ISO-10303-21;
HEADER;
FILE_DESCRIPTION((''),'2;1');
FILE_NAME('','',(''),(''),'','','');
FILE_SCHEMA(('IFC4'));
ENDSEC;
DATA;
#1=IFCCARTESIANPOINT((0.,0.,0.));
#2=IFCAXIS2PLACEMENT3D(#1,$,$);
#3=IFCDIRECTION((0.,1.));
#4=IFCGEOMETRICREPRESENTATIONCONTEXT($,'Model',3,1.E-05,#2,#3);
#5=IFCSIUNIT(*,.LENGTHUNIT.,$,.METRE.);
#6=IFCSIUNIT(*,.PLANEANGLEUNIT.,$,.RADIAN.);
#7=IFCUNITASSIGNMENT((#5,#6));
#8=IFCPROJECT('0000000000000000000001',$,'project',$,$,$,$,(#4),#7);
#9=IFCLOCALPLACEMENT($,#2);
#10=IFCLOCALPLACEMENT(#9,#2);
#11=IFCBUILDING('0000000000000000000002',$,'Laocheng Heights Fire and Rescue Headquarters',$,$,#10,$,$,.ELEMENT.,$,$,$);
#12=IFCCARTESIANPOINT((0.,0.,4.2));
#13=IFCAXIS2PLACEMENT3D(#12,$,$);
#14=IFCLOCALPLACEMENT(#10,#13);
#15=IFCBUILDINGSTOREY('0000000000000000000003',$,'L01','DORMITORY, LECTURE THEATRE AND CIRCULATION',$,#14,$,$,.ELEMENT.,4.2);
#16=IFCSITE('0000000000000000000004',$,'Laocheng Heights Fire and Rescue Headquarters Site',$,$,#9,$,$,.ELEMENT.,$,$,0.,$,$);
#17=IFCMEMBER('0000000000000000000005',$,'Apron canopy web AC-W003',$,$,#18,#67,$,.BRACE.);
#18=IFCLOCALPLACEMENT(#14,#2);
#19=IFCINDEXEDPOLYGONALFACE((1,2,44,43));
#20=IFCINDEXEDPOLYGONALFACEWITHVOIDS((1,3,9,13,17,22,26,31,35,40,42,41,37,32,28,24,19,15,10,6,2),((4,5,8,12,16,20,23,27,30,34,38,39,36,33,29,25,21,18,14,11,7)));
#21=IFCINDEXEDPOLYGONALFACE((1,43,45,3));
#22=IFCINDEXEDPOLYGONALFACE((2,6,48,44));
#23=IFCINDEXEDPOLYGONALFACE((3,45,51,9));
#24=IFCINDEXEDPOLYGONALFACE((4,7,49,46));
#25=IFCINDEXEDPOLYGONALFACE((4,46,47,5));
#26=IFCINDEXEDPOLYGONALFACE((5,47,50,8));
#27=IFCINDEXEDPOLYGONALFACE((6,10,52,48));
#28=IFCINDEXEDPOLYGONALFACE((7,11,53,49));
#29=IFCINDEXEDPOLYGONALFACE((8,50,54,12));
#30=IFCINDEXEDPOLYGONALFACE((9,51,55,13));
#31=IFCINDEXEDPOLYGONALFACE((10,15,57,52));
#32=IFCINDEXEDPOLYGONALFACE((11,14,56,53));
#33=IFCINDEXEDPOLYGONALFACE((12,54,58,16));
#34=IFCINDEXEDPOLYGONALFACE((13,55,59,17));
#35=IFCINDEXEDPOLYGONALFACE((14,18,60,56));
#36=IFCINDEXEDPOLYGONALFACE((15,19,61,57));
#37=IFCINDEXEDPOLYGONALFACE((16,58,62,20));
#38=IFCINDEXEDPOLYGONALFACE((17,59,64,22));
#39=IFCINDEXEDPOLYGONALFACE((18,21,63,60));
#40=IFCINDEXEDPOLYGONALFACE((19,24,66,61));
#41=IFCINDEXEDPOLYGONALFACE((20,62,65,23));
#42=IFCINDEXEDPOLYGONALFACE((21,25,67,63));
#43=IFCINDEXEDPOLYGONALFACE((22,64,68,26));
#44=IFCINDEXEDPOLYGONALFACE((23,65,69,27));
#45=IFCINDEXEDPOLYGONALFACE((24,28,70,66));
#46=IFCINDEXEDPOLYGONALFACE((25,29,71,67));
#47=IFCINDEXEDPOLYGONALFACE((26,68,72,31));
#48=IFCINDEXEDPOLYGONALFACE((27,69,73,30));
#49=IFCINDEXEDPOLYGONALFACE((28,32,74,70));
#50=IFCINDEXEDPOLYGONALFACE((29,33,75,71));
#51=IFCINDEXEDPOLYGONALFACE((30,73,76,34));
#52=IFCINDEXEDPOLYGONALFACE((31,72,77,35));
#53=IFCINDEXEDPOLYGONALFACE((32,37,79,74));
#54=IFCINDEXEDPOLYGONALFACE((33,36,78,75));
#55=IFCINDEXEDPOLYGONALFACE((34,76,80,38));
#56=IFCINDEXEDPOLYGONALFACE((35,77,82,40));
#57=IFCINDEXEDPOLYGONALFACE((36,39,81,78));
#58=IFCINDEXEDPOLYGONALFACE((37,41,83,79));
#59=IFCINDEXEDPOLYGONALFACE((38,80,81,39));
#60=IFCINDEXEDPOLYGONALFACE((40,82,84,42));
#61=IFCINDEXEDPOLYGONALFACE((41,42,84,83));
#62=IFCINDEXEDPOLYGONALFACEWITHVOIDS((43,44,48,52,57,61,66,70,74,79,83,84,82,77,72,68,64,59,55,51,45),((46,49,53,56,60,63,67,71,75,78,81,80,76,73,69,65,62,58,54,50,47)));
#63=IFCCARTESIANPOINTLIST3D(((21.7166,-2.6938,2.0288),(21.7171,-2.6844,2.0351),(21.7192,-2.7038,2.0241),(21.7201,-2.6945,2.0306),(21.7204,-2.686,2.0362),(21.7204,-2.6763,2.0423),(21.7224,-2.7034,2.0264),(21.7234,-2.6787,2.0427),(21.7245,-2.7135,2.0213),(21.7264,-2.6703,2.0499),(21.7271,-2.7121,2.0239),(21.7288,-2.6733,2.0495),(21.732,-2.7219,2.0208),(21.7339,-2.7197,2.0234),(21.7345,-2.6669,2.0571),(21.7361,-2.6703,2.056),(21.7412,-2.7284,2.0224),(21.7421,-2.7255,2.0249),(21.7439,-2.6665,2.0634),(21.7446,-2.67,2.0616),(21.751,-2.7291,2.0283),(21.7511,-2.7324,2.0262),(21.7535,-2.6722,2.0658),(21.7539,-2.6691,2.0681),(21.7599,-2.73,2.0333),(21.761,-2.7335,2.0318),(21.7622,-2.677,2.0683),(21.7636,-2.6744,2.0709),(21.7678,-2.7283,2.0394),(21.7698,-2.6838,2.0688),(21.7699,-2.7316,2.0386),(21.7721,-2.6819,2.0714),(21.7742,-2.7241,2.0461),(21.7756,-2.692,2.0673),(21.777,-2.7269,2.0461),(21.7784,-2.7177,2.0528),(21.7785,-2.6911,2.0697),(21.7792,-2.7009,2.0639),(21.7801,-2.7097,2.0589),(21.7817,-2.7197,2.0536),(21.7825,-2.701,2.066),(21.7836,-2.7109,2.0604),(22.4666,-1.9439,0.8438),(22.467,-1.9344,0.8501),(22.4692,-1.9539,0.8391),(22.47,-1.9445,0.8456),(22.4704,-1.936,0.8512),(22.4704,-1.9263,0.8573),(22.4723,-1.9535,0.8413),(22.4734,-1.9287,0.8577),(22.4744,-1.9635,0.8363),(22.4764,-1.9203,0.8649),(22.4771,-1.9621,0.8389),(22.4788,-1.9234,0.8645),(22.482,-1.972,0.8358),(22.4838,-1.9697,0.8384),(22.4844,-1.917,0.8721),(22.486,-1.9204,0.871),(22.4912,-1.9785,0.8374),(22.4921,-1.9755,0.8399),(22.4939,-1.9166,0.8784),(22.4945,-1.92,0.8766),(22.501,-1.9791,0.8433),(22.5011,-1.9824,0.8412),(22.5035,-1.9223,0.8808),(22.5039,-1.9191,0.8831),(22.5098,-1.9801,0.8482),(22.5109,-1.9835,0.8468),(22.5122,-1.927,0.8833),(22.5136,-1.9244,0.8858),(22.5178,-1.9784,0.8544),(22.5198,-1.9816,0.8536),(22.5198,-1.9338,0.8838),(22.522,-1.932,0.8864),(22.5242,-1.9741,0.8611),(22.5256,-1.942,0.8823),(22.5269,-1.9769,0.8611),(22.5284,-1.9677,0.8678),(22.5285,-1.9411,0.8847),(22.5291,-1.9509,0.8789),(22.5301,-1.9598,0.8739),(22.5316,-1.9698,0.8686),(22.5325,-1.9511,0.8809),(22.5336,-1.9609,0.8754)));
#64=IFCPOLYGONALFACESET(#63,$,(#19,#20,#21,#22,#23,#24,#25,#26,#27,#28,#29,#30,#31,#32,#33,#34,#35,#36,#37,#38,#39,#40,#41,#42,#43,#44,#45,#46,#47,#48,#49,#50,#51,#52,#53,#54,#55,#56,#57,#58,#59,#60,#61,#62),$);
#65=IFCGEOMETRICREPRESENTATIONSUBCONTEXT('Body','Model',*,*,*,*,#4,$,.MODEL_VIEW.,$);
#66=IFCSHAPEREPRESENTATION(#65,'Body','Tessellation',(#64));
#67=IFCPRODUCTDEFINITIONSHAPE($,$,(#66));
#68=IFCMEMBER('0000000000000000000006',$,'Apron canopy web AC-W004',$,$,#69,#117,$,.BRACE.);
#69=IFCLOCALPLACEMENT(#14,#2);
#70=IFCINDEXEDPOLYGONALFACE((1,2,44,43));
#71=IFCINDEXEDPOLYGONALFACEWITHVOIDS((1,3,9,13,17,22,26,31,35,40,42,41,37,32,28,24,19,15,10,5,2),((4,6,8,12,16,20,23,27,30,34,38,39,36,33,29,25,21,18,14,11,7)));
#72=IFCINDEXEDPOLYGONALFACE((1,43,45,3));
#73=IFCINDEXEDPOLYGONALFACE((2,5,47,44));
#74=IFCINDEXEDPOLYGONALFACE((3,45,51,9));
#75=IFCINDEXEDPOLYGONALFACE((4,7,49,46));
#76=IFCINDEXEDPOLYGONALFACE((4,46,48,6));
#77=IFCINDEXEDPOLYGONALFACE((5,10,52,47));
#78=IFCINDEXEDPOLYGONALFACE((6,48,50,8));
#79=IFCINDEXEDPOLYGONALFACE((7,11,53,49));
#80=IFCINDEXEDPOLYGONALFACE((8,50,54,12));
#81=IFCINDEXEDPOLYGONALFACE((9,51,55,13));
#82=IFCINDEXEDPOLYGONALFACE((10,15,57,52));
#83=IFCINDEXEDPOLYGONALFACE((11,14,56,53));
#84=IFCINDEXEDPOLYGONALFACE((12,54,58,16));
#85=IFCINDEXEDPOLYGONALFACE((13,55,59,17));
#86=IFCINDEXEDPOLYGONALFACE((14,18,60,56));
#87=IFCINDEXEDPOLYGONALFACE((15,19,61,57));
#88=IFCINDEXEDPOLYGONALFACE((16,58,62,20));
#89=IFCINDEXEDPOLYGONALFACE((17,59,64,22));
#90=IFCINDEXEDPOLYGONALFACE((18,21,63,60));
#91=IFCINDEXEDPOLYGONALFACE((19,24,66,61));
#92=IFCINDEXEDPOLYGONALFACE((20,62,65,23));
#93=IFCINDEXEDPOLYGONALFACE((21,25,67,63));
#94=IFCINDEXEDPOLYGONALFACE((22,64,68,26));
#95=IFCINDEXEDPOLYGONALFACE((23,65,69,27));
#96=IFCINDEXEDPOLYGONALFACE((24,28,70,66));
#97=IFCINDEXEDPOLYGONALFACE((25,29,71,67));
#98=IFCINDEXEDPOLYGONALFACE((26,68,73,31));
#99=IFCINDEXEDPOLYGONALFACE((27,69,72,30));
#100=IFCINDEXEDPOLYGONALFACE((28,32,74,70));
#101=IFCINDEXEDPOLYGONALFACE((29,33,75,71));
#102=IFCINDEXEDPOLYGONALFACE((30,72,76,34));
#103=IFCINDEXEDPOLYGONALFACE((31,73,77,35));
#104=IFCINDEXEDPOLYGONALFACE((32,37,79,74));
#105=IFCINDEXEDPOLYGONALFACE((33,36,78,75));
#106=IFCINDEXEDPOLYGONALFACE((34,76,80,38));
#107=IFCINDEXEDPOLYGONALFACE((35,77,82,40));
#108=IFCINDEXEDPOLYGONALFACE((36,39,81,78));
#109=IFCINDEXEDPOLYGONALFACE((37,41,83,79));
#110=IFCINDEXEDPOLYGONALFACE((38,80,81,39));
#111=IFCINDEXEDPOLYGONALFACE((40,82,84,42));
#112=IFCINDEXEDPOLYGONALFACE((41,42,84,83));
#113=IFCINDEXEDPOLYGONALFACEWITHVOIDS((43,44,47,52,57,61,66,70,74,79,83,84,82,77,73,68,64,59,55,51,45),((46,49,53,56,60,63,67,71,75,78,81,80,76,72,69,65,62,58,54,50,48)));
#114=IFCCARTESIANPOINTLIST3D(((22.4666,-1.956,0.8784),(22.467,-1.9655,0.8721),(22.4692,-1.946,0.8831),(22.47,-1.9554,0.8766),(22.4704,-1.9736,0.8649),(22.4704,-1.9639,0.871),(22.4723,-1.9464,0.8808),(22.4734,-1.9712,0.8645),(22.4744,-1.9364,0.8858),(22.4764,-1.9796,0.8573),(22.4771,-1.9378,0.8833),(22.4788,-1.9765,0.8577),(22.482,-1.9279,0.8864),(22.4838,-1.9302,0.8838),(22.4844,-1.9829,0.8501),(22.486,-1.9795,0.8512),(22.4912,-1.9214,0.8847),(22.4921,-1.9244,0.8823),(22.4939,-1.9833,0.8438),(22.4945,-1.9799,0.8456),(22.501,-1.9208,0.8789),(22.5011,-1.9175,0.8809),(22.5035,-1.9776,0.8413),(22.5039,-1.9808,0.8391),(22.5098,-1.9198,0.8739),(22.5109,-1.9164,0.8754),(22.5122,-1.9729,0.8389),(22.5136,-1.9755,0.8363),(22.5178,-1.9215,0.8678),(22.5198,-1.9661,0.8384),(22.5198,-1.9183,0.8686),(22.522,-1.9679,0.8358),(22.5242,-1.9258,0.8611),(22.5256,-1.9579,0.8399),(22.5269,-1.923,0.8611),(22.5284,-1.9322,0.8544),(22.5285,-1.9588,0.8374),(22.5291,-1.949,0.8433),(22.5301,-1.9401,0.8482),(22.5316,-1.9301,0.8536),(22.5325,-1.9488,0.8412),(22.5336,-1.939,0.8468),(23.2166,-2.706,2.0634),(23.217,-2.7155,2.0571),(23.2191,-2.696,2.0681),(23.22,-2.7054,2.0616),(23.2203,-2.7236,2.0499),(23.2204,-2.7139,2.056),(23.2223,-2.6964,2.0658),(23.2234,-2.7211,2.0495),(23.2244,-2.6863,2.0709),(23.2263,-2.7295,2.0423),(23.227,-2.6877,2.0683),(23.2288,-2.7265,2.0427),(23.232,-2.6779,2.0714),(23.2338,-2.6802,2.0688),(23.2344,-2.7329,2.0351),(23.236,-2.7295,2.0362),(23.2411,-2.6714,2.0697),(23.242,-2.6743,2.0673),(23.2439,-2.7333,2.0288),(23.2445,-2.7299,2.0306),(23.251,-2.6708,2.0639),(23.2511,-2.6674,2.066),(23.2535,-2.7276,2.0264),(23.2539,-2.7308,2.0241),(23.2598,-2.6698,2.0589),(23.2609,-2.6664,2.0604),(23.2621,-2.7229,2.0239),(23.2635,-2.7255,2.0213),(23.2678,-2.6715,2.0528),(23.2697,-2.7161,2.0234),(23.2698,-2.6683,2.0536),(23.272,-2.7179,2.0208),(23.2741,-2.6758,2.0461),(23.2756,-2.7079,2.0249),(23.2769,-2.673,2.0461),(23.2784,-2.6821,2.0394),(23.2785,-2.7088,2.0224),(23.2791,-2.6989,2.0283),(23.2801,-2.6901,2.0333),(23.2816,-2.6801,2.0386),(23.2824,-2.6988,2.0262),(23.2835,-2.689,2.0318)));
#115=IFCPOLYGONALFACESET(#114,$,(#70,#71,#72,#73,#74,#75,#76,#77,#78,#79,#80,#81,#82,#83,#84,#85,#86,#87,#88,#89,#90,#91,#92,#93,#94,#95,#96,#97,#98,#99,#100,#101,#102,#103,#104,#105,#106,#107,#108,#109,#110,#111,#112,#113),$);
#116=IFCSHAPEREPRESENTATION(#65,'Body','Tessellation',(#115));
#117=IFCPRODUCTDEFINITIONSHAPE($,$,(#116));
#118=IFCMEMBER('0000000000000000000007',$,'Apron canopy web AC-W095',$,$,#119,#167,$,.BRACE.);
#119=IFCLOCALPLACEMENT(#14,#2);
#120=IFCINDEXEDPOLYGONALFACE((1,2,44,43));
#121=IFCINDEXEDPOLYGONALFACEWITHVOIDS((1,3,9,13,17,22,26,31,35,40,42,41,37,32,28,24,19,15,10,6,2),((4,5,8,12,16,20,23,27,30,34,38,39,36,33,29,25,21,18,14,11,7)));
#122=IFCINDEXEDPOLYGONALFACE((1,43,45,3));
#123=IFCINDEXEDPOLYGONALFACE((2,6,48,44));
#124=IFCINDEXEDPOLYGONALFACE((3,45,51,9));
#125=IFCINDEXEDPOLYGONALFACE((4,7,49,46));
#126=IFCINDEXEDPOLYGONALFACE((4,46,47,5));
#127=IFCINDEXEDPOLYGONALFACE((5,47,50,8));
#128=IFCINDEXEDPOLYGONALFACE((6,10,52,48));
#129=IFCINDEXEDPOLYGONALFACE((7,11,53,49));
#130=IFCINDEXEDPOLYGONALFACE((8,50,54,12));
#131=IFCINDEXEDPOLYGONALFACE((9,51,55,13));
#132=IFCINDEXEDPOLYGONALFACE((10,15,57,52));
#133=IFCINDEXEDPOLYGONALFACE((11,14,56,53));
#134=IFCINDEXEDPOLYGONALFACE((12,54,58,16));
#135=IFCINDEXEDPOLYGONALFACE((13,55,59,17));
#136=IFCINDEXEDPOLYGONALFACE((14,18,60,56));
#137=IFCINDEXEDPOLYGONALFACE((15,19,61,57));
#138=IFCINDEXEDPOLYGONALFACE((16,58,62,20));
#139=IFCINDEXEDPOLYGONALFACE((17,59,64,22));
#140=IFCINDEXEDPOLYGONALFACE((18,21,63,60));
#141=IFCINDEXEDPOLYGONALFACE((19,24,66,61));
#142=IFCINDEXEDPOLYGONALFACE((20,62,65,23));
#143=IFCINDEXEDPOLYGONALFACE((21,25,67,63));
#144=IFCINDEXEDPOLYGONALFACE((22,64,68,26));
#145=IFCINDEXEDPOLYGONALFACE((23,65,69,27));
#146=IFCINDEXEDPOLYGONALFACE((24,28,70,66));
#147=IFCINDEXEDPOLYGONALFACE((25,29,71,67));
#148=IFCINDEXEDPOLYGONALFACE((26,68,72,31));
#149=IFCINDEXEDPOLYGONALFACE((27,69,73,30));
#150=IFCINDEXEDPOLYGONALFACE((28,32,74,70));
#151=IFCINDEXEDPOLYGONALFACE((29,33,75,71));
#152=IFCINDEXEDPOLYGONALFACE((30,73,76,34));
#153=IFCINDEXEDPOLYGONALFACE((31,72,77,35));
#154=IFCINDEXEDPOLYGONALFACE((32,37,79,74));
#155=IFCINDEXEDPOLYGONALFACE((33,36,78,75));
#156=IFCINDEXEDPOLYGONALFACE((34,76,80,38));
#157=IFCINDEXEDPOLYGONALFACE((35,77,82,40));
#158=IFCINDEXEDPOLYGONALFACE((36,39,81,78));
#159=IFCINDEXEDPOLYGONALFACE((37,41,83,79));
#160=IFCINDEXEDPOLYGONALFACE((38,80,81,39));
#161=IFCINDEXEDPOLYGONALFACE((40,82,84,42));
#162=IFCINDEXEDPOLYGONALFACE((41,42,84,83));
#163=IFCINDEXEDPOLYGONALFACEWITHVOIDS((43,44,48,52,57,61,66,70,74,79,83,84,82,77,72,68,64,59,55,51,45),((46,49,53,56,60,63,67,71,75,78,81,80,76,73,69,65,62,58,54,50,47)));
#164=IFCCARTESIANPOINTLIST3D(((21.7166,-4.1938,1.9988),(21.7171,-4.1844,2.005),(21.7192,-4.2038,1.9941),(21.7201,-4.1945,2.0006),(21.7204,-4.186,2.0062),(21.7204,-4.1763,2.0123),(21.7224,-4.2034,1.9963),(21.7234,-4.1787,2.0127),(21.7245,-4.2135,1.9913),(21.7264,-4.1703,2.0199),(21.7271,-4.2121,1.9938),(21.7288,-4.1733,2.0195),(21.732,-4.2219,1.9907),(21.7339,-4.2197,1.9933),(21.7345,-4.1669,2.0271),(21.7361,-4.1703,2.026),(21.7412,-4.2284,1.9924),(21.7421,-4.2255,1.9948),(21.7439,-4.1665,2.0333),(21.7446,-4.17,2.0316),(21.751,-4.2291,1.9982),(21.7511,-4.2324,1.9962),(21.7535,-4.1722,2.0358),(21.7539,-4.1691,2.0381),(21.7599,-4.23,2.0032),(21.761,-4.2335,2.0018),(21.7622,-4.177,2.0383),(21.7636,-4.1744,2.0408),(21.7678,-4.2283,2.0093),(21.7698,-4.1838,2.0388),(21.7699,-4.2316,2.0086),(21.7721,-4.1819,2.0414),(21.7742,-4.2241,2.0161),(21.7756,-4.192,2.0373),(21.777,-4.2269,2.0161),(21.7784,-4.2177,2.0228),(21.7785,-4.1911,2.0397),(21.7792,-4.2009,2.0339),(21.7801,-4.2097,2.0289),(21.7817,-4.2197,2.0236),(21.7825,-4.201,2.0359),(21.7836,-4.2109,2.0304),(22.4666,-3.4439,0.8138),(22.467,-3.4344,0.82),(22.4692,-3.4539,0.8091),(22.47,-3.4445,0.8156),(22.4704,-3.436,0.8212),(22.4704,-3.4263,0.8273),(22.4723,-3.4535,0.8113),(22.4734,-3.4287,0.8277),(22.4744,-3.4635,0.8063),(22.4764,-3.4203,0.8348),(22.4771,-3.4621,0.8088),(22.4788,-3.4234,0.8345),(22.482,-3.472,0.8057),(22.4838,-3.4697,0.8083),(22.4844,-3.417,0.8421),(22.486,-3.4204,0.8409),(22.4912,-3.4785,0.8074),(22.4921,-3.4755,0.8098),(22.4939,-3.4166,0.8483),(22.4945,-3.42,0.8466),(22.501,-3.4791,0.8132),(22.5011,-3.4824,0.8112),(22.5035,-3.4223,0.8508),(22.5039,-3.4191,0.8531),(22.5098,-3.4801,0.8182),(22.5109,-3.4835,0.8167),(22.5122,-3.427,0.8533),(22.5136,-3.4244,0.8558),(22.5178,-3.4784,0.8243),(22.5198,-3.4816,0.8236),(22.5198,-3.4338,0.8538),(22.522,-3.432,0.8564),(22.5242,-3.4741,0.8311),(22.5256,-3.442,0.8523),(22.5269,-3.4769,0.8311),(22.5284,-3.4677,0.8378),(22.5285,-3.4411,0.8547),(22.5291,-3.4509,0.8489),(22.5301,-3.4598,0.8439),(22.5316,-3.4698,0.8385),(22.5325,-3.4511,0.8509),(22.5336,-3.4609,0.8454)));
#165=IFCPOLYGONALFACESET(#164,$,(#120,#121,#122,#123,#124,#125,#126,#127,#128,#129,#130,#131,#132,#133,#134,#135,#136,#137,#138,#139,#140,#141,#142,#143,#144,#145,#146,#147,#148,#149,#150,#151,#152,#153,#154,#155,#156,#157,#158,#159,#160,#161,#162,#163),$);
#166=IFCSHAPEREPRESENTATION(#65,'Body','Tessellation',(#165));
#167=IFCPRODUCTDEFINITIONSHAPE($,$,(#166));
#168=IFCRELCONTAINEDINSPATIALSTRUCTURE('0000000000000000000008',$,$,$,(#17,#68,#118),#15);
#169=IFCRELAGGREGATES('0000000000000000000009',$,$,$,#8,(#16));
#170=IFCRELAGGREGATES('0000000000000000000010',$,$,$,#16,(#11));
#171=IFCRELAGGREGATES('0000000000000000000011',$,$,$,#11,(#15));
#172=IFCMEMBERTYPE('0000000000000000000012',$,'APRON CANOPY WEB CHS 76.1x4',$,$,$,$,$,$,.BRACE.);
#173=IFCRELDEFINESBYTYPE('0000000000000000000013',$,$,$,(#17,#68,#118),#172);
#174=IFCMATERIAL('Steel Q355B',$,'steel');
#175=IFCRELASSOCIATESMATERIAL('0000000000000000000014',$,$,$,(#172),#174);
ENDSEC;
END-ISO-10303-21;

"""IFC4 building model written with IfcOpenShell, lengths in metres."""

from ifc_helpers import new_model, si_unit, direction, frame, origin, origin_2d, place, context, subcontext, project, spatial, hollow_circle, extrude, material, material_profile, profile_set, type_object, element, save


model = new_model("IFC4")

# Units and contexts
model_context = context("Model", 3, precision=1e-05, world=origin(), true_north=direction((0.0, 1.0)))
body_context = subcontext(model_context, "Body", "Model", "MODEL_VIEW")
ifc_project = project(units=[si_unit("LENGTHUNIT", "METRE"), si_unit("PLANEANGLEUNIT", "RADIAN")], contexts=[model_context])

# Site, building, storey
site_placement = place(None, origin())
site = spatial("IfcSite", under=ifc_project, at=site_placement, Name="Laocheng Heights Fire and Rescue Headquarters Site", CompositionType="ELEMENT", RefElevation=0.0)
building_placement = place(site_placement, origin())
building = spatial("IfcBuilding", under=site, at=building_placement, Name="Laocheng Heights Fire and Rescue Headquarters", CompositionType="ELEMENT")
storey_placement = place(building_placement, frame((0.0, 0.0, 4.2)))
storey = spatial("IfcBuildingStorey", under=building, at=storey_placement, Name="L01", Description="DORMITORY, LECTURE THEATRE AND CIRCULATION", CompositionType="ELEMENT", Elevation=4.2)

# Members
ifc_material_1 = material(Name="Steel Q355B", Category="steel")
ifc_material_profile_1 = material_profile(ifc_material_1, hollow_circle(Radius=0.0381, WallThickness=0.0039, at=origin_2d()), Name="CHS 76.1x4")
ifc_profile_set_1 = profile_set([ifc_material_profile_1], Name="Steel Q355B")
member_type_1 = type_object("IfcMemberType", Name="APRON CANOPY WEB CHS 76.1x4", PredefinedType="BRACE", material=ifc_profile_set_1)
for number, where, z_axis, x_axis, name in (
    (1, (22.5, -1.95, 0.8611), (-0.47158, -0.47158, 0.745134), (0.707107, -0.707107, 0.0), "Apron canopy web AC-W003"),
    (2, (22.5, -1.95, 0.8611), (0.47158, -0.47158, 0.745134), (0.707107, 0.707107, 0.0), "Apron canopy web AC-W004"),
    (3, (22.5, -3.45, 0.8311), (-0.47158, -0.47158, 0.745134), (0.707107, -0.707107, 0.0), "Apron canopy web AC-W095"),
):
    element("IfcMember", number, at=place(storey_placement, frame(where, z_axis=z_axis, x_axis=x_axis)), inside=storey, type_object=member_type_1, Name=name, PredefinedType="BRACE", context=body_context, shape_type="SweptSolid", body=[
        extrude(hollow_circle(Radius=0.0381, WallThickness=0.0039, at=origin_2d()), origin(), (0.0, 0.0, 1.0), 1.5903),
    ])

save(model, "model.ifc")
